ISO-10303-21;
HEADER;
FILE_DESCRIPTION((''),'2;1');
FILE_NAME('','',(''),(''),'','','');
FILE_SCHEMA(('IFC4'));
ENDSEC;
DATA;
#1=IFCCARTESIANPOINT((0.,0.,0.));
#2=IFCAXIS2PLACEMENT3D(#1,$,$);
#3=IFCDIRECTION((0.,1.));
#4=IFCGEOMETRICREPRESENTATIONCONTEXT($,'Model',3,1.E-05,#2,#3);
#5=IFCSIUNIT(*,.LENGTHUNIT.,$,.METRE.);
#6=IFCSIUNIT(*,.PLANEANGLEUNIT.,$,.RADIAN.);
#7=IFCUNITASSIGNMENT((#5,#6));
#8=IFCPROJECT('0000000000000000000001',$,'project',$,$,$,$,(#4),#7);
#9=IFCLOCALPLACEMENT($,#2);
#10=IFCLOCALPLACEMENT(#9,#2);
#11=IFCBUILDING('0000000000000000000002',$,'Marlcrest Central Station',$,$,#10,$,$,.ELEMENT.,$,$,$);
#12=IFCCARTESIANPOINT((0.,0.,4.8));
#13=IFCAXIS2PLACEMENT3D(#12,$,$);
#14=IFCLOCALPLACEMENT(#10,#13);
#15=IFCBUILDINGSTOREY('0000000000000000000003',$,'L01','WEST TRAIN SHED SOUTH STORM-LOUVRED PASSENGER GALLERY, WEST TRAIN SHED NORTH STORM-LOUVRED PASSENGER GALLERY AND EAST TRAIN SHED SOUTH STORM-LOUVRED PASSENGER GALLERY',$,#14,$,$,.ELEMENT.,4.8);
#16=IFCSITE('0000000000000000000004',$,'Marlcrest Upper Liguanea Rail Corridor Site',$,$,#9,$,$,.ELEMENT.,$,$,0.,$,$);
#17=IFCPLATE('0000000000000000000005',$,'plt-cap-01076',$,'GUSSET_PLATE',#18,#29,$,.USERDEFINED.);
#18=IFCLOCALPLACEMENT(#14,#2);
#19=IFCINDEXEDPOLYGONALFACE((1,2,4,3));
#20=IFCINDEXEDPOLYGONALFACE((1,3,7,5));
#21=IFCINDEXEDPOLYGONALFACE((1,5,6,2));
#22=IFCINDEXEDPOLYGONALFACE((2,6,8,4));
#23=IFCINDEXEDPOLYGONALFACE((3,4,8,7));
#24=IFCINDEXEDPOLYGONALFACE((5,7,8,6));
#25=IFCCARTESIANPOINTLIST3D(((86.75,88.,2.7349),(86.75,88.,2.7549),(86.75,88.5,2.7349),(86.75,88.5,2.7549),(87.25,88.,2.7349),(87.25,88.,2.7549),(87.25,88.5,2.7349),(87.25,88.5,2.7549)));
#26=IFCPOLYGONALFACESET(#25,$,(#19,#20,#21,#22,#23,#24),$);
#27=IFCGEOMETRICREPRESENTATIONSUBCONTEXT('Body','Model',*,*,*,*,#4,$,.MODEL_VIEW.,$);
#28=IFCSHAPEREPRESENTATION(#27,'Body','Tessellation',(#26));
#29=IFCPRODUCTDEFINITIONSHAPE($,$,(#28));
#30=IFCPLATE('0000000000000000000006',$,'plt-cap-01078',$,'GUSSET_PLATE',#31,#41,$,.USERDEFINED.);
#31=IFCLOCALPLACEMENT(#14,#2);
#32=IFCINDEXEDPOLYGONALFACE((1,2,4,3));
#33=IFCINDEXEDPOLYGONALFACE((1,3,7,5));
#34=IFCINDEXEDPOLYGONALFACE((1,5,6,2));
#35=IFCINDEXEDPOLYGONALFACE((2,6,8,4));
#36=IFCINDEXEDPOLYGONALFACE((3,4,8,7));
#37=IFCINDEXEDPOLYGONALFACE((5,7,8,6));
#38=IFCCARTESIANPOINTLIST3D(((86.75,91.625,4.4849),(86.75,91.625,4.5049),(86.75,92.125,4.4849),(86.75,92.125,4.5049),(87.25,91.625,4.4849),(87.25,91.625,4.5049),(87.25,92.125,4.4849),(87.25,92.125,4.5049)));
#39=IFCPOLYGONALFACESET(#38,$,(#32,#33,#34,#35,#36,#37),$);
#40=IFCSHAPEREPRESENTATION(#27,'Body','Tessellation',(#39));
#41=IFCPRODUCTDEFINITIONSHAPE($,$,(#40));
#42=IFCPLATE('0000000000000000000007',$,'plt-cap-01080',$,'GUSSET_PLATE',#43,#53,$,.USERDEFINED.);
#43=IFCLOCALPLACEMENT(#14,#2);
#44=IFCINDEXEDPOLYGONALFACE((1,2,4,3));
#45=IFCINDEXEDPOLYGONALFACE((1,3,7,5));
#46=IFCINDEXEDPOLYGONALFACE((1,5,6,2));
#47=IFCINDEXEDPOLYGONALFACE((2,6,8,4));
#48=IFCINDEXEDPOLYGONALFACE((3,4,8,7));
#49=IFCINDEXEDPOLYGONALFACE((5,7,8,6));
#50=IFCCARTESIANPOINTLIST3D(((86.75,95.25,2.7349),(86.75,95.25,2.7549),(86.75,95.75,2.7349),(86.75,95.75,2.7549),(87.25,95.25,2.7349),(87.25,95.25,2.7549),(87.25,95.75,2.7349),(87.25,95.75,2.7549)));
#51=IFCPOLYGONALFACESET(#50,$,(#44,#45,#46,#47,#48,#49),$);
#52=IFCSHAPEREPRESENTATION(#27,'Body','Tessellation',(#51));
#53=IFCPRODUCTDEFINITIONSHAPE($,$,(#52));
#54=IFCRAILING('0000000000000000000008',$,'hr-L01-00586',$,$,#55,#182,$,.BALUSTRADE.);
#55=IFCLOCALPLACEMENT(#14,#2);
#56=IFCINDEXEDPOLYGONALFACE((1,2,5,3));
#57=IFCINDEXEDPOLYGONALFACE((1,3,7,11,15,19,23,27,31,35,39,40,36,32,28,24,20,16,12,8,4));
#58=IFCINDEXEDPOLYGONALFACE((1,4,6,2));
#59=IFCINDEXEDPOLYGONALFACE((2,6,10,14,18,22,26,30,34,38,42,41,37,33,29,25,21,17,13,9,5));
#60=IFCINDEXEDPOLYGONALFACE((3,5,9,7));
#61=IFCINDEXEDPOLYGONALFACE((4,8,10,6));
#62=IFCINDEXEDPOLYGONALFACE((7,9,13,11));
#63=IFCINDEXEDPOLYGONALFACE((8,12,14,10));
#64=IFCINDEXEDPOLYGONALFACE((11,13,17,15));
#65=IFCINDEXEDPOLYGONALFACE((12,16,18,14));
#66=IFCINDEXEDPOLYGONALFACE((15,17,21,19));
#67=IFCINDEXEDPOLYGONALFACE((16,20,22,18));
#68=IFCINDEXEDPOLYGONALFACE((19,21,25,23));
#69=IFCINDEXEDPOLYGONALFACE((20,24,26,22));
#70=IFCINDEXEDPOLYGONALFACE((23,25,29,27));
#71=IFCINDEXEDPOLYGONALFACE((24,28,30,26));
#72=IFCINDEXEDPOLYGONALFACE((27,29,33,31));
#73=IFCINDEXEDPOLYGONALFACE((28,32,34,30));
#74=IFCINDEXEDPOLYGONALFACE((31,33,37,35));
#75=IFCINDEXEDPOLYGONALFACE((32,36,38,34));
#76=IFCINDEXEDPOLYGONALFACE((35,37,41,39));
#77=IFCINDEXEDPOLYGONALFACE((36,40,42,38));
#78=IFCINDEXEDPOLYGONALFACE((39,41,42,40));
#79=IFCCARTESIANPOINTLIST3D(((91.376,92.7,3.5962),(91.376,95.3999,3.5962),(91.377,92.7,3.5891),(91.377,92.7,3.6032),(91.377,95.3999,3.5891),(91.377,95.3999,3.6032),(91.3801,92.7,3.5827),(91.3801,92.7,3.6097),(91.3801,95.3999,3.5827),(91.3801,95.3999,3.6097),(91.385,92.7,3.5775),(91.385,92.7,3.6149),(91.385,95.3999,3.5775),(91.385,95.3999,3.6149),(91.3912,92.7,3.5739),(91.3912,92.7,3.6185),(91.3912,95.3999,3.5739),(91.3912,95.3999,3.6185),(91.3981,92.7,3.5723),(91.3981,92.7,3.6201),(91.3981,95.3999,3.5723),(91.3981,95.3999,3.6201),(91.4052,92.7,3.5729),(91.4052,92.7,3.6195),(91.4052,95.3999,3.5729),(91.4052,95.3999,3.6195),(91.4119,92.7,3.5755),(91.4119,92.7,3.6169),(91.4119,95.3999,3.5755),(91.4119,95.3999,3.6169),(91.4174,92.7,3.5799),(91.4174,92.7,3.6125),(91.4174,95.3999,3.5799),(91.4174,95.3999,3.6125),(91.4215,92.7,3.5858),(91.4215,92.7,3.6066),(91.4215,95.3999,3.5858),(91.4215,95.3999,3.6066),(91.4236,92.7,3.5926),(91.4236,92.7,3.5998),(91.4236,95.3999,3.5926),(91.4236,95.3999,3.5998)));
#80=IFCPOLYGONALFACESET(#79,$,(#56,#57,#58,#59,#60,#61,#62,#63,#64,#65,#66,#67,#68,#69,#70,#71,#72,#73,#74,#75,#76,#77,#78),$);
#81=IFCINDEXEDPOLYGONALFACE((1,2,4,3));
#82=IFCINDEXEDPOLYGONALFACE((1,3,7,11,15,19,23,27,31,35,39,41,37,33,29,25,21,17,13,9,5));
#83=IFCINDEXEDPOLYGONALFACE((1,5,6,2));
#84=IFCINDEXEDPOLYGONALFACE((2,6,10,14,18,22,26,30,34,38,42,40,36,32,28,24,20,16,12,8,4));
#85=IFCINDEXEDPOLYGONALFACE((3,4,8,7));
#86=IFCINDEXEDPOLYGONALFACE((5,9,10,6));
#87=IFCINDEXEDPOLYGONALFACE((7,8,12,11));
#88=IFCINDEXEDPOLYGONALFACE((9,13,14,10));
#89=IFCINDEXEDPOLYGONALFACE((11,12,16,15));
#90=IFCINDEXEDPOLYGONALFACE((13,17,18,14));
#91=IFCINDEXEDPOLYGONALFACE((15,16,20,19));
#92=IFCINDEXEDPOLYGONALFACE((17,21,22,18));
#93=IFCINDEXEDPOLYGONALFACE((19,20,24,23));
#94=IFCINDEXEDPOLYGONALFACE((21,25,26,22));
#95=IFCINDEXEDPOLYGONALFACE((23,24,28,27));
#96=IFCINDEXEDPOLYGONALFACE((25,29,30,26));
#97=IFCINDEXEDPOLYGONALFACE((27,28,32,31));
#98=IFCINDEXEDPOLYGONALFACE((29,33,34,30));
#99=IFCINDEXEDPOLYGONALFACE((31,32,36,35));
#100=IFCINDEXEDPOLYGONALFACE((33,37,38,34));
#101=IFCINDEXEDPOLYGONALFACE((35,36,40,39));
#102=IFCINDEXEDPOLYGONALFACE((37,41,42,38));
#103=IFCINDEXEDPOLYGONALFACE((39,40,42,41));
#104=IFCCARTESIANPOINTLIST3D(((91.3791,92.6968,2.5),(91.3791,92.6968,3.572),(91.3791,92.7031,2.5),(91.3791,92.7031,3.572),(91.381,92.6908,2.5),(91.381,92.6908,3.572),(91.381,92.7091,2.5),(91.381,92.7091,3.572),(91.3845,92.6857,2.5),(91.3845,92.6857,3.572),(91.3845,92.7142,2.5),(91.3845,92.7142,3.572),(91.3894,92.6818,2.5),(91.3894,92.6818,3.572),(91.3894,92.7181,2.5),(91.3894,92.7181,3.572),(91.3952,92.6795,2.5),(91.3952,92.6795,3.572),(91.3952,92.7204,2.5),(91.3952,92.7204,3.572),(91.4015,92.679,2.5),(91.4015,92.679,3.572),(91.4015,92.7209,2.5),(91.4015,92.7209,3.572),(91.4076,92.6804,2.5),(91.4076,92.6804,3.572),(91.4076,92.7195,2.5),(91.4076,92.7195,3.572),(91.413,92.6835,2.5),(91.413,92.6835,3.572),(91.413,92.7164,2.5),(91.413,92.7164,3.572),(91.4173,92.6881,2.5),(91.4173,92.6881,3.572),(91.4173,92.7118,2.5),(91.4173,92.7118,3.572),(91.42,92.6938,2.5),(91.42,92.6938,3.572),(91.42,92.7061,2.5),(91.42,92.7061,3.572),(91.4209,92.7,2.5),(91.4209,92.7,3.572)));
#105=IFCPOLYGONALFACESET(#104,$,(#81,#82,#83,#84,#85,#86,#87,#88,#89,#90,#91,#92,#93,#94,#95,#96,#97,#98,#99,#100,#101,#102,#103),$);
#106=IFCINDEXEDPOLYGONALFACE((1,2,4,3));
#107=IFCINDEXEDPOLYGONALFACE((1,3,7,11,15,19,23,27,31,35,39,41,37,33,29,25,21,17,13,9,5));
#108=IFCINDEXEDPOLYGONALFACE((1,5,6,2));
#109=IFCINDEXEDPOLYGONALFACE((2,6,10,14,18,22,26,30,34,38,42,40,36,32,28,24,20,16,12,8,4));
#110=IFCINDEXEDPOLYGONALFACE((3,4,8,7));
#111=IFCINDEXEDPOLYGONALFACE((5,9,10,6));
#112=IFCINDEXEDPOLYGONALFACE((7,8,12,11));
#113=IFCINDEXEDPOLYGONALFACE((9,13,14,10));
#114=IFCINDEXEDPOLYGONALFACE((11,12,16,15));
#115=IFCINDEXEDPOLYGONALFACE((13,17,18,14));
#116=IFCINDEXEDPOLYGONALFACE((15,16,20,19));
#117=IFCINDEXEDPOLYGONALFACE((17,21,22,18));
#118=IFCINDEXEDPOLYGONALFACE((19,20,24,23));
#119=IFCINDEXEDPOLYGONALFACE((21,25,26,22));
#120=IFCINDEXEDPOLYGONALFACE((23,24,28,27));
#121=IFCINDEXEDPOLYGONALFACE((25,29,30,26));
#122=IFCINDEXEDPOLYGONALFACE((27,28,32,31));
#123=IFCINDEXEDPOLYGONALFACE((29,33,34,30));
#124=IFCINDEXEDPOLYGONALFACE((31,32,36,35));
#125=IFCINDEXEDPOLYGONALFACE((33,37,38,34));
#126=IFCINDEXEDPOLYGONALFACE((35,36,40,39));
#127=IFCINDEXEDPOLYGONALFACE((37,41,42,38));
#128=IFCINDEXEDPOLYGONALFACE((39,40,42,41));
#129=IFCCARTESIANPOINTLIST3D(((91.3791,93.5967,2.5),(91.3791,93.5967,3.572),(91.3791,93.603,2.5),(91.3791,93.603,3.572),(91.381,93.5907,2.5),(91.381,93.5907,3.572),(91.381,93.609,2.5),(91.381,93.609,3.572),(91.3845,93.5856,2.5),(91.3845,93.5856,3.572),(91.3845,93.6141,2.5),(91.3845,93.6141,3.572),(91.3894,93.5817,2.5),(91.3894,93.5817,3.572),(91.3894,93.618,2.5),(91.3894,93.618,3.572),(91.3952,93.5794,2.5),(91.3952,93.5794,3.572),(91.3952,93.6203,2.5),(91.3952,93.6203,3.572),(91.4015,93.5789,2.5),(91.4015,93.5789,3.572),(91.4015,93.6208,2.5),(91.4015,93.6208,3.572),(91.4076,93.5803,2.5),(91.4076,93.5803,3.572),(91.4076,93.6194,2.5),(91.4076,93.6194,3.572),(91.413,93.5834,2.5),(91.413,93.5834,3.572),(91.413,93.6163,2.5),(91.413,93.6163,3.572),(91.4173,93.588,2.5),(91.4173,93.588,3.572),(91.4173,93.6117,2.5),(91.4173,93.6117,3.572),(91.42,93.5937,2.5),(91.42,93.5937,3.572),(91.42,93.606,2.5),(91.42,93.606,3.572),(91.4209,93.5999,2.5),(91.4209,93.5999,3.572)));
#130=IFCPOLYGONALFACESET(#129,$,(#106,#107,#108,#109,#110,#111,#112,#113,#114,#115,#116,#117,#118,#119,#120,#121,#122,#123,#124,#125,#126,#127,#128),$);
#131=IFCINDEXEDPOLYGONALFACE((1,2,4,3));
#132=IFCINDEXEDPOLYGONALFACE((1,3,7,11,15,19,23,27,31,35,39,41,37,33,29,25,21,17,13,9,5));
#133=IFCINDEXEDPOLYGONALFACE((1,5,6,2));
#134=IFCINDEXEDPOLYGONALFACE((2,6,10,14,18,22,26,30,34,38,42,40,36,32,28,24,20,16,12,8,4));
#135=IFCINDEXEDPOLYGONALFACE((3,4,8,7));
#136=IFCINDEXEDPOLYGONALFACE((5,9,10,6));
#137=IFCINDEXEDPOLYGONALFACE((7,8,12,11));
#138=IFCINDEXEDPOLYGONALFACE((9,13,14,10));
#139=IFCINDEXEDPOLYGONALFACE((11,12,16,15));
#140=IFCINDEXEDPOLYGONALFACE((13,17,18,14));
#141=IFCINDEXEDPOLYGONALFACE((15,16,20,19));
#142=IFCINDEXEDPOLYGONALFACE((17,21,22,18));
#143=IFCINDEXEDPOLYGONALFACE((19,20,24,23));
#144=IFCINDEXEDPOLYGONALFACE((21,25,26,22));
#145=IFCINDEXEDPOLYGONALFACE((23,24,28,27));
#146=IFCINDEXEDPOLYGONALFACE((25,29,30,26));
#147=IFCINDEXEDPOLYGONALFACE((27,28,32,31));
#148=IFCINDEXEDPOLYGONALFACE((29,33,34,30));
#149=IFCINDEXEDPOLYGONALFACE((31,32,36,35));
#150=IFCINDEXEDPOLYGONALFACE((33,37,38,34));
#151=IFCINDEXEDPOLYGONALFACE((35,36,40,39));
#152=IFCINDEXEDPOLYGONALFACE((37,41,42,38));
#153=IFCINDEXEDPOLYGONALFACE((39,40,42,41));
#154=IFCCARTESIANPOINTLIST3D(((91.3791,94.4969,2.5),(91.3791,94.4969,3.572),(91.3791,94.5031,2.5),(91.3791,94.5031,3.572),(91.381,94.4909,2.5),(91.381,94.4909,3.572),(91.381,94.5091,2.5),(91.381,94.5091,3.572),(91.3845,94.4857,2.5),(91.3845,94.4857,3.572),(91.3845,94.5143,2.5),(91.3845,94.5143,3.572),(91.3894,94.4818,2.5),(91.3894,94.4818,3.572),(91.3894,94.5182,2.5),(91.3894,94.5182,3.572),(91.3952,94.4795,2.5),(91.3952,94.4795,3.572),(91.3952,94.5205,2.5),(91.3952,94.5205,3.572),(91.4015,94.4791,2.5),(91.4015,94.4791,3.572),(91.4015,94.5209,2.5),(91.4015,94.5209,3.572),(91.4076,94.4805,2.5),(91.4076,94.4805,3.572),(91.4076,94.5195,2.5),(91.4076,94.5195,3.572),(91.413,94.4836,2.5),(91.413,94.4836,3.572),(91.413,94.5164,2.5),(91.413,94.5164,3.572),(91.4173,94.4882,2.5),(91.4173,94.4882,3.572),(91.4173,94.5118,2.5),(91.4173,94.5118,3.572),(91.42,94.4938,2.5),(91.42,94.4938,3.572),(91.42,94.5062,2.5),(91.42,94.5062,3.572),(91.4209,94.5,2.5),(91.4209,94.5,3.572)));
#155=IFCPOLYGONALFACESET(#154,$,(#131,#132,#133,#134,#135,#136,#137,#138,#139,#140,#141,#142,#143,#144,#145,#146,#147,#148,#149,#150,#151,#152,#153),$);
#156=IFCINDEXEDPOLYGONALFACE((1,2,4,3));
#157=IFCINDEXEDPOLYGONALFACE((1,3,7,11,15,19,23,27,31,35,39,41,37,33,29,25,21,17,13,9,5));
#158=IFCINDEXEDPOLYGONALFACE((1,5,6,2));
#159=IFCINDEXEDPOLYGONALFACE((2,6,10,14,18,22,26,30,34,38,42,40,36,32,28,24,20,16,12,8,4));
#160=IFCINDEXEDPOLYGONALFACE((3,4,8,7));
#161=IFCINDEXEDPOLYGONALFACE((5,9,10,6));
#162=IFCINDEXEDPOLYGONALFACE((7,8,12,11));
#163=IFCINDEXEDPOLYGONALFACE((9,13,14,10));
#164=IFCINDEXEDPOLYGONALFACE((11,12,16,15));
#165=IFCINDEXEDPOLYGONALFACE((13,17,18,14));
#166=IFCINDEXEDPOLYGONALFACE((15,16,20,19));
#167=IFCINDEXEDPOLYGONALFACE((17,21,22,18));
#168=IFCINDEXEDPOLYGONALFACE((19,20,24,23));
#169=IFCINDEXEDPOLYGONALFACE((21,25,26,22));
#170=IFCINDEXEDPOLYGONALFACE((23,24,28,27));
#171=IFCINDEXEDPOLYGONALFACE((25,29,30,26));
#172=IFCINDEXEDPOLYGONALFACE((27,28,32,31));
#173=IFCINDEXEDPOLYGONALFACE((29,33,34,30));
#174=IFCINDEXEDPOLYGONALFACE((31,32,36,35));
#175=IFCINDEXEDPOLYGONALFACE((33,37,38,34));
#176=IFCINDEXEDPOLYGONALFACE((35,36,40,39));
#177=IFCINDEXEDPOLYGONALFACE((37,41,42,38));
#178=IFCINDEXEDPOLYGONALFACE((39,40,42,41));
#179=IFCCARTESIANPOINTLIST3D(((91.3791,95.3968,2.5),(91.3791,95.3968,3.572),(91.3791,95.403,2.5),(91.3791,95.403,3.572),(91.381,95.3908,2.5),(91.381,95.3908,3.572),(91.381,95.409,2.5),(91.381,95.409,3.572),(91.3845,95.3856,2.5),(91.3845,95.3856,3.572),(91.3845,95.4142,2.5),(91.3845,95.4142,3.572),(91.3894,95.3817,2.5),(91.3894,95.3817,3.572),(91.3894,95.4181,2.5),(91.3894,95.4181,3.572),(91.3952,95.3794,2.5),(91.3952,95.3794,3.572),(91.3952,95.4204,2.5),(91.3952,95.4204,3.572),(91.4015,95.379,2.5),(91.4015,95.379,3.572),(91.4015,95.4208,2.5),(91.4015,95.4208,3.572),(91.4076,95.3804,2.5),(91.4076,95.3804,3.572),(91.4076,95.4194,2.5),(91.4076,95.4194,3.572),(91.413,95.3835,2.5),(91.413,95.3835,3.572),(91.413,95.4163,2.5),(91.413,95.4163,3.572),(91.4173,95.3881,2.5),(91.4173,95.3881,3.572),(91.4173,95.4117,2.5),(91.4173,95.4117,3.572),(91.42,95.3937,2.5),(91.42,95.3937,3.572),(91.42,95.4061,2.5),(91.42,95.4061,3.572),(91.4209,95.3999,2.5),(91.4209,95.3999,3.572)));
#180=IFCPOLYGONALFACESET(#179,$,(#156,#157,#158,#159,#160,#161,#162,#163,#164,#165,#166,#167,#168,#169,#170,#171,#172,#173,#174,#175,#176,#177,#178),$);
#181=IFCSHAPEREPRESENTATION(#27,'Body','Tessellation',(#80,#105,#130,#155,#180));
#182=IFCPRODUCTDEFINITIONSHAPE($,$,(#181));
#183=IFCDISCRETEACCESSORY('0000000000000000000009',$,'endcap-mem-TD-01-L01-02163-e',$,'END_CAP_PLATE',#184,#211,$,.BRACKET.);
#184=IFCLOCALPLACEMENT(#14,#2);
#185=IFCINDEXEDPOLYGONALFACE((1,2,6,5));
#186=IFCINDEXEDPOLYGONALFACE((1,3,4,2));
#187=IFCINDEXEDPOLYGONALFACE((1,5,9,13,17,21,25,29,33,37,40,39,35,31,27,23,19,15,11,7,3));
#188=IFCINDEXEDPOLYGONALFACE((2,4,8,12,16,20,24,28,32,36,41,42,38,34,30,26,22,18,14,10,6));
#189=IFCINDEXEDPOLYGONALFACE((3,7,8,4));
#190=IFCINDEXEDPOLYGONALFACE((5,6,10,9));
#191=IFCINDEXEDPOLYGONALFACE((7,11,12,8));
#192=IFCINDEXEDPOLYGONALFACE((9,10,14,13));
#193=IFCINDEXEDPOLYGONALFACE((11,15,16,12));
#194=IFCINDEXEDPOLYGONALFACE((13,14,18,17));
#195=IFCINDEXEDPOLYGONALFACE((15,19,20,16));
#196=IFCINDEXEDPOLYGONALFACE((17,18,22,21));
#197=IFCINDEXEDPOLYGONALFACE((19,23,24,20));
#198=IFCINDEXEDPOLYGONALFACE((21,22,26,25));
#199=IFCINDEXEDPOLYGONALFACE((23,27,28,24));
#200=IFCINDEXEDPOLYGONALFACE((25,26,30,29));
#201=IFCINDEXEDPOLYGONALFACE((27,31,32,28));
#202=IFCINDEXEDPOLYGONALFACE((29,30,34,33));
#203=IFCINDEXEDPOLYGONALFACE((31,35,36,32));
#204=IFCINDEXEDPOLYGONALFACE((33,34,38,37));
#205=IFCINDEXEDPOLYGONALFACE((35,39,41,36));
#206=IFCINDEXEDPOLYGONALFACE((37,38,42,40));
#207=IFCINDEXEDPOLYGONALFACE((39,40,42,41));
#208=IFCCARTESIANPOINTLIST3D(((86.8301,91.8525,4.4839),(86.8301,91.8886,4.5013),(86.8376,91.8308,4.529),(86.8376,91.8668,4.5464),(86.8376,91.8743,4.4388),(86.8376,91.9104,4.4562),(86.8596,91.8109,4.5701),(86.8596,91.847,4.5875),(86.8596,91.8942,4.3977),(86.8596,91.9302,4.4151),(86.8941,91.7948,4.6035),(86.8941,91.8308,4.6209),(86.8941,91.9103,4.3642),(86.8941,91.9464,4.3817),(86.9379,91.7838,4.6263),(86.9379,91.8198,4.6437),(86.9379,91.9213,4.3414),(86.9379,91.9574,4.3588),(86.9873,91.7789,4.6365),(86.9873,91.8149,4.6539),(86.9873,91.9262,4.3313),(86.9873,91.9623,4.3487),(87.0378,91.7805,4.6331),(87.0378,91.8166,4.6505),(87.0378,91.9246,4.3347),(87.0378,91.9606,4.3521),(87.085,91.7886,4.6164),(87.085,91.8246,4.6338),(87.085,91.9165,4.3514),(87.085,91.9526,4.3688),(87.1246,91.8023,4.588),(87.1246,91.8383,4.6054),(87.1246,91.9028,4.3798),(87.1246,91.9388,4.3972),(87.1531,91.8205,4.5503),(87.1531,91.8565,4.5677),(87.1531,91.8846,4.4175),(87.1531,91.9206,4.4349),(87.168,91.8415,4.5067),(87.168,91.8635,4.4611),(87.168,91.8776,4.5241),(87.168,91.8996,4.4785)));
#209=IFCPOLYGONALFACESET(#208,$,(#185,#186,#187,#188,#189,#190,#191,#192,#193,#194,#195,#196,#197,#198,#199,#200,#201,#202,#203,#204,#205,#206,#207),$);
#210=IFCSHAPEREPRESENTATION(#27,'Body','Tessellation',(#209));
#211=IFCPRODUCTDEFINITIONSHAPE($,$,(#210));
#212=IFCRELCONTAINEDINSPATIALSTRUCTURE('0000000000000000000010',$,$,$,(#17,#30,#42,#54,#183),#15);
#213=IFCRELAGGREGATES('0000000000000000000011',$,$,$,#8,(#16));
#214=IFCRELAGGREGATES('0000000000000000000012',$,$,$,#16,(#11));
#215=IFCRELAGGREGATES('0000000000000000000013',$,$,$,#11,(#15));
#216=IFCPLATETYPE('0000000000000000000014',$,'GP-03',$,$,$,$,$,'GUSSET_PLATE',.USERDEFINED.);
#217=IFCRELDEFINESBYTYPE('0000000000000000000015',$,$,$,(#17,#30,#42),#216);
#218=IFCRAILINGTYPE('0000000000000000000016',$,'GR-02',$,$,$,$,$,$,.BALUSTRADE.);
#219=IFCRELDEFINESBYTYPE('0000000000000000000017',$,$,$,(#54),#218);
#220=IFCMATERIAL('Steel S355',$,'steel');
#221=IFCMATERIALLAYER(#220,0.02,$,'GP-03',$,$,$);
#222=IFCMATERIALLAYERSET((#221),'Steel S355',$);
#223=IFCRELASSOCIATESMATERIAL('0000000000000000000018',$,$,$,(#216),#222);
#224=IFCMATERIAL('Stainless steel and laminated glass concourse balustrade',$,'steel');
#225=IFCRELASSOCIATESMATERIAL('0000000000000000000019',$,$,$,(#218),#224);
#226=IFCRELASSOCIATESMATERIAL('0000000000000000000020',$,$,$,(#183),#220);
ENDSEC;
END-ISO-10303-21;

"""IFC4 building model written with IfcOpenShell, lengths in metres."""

from ifc_helpers import new_model, si_unit, direction, frame, origin, origin_2d, place, context, subcontext, project, spatial, rectangle, circle, extrude, material, layer, layer_set, type_object, element, save


model = new_model("IFC4")

# Units and contexts
model_context = context("Model", 3, precision=1e-05, world=origin(), true_north=direction((0.0, 1.0)))
body_context = subcontext(model_context, "Body", "Model", "MODEL_VIEW")
ifc_project = project(units=[si_unit("LENGTHUNIT", "METRE"), si_unit("PLANEANGLEUNIT", "RADIAN")], contexts=[model_context])

# Site, building, storey
site_placement = place(None, origin())
site = spatial("IfcSite", under=ifc_project, at=site_placement, Name="Marlcrest Upper Liguanea Rail Corridor Site", CompositionType="ELEMENT", RefElevation=0.0)
building_placement = place(site_placement, origin())
building = spatial("IfcBuilding", under=site, at=building_placement, Name="Marlcrest Central Station", CompositionType="ELEMENT")
storey_placement = place(building_placement, frame((0.0, 0.0, 4.8)))
storey = spatial("IfcBuildingStorey", under=building, at=storey_placement, Name="L01", Description="WEST TRAIN SHED SOUTH STORM-LOUVRED PASSENGER GALLERY, WEST TRAIN SHED NORTH STORM-LOUVRED PASSENGER GALLERY AND EAST TRAIN SHED SOUTH STORM-LOUVRED PASSENGER GALLERY", CompositionType="ELEMENT", Elevation=4.8)

# Shared definitions
ifc_material_1 = material(Name="Steel S355", Category="steel")

# Plates
ifc_layer_1 = layer(ifc_material_1, 0.02, Name="GP-03")
ifc_layer_set_1 = layer_set([ifc_layer_1], Name="Steel S355")
plate_type_1 = type_object("IfcPlateType", Name="GP-03", ElementType="GUSSET_PLATE", PredefinedType="USERDEFINED", material=ifc_layer_set_1)
for number, where, z_axis, x_axis, name in (
    (1, (87.0, 88.25, 2.7349), (0.0, 0.0, 1.0), (1.0, 0.0, 0.0), "plt-cap-01076"),
    (2, (87.0, 91.875, 4.4849), (0.0, 0.0, 1.0), (1.0, 0.0, 0.0), "plt-cap-01078"),
    (3, (87.0, 95.5, 2.7349), (0.0, 0.0, 1.0), (1.0, 0.0, 0.0), "plt-cap-01080"),
):
    element("IfcPlate", number, at=place(storey_placement, frame(where, z_axis=z_axis, x_axis=x_axis)), inside=storey, type_object=plate_type_1, Name=name, ObjectType="GUSSET_PLATE", PredefinedType="USERDEFINED", context=body_context, shape_type="SweptSolid", body=[
        extrude(rectangle(XDim=0.5, YDim=0.5, at=origin_2d()), origin(), (0.0, 0.0, 1.0), 0.02),
    ])

# Railing
ifc_material_2 = material(Name="Stainless steel and laminated glass concourse balustrade", Category="steel")
railing_type = type_object("IfcRailingType", Name="GR-02", PredefinedType="BALUSTRADE", material=ifc_material_2)
railing_1_placement = place(storey_placement, frame((91.3999, 92.7, 2.5)))
element("IfcRailing", 4, at=railing_1_placement, inside=storey, type_object=railing_type, Name="hr-L01-00586", PredefinedType="BALUSTRADE", context=body_context, shape_type="SweptSolid", body=[
    extrude(circle(Radius=0.0239, at=origin_2d()), frame((0.0, 0.0, 1.0962), z_axis=(0.0, 1.0, 0.0), x_axis=(-1.0, 0.0, 0.0)), (0.0, 0.0, 1.0), 2.7),
    extrude(circle(Radius=0.021, at=origin_2d()), origin(), (0.0, 0.0, 1.0), 1.072),
    extrude(circle(Radius=0.021, at=origin_2d()), frame((0.0, 0.8999, 0.0)), (0.0, 0.0, 1.0), 1.072),
    extrude(circle(Radius=0.021, at=origin_2d()), frame((0.0, 1.8, 0.0)), (0.0, 0.0, 1.0), 1.072),
    extrude(circle(Radius=0.021, at=origin_2d()), frame((0.0, 2.7, 0.0)), (0.0, 0.0, 1.0), 1.072),
])

# Discrete accessory
for number, where, z_axis, x_axis, name in (
    (5, (87.0, 91.8525, 4.4839), (0.0, 0.900552, 0.434749), (-1.0, 0.0, 0.0), "endcap-mem-TD-01-L01-02163-e"),
):
    element("IfcDiscreteAccessory", number, at=place(storey_placement, frame(where, z_axis=z_axis, x_axis=x_axis)), inside=storey, material=ifc_material_1, Name=name, ObjectType="END_CAP_PLATE", PredefinedType="BRACKET", context=body_context, shape_type="SweptSolid", body=[
        extrude(circle(Radius=0.1699, at=origin_2d()), origin(), (0.0, 0.0, 1.0), 0.04),
    ])

save(model, "model.ifc")
